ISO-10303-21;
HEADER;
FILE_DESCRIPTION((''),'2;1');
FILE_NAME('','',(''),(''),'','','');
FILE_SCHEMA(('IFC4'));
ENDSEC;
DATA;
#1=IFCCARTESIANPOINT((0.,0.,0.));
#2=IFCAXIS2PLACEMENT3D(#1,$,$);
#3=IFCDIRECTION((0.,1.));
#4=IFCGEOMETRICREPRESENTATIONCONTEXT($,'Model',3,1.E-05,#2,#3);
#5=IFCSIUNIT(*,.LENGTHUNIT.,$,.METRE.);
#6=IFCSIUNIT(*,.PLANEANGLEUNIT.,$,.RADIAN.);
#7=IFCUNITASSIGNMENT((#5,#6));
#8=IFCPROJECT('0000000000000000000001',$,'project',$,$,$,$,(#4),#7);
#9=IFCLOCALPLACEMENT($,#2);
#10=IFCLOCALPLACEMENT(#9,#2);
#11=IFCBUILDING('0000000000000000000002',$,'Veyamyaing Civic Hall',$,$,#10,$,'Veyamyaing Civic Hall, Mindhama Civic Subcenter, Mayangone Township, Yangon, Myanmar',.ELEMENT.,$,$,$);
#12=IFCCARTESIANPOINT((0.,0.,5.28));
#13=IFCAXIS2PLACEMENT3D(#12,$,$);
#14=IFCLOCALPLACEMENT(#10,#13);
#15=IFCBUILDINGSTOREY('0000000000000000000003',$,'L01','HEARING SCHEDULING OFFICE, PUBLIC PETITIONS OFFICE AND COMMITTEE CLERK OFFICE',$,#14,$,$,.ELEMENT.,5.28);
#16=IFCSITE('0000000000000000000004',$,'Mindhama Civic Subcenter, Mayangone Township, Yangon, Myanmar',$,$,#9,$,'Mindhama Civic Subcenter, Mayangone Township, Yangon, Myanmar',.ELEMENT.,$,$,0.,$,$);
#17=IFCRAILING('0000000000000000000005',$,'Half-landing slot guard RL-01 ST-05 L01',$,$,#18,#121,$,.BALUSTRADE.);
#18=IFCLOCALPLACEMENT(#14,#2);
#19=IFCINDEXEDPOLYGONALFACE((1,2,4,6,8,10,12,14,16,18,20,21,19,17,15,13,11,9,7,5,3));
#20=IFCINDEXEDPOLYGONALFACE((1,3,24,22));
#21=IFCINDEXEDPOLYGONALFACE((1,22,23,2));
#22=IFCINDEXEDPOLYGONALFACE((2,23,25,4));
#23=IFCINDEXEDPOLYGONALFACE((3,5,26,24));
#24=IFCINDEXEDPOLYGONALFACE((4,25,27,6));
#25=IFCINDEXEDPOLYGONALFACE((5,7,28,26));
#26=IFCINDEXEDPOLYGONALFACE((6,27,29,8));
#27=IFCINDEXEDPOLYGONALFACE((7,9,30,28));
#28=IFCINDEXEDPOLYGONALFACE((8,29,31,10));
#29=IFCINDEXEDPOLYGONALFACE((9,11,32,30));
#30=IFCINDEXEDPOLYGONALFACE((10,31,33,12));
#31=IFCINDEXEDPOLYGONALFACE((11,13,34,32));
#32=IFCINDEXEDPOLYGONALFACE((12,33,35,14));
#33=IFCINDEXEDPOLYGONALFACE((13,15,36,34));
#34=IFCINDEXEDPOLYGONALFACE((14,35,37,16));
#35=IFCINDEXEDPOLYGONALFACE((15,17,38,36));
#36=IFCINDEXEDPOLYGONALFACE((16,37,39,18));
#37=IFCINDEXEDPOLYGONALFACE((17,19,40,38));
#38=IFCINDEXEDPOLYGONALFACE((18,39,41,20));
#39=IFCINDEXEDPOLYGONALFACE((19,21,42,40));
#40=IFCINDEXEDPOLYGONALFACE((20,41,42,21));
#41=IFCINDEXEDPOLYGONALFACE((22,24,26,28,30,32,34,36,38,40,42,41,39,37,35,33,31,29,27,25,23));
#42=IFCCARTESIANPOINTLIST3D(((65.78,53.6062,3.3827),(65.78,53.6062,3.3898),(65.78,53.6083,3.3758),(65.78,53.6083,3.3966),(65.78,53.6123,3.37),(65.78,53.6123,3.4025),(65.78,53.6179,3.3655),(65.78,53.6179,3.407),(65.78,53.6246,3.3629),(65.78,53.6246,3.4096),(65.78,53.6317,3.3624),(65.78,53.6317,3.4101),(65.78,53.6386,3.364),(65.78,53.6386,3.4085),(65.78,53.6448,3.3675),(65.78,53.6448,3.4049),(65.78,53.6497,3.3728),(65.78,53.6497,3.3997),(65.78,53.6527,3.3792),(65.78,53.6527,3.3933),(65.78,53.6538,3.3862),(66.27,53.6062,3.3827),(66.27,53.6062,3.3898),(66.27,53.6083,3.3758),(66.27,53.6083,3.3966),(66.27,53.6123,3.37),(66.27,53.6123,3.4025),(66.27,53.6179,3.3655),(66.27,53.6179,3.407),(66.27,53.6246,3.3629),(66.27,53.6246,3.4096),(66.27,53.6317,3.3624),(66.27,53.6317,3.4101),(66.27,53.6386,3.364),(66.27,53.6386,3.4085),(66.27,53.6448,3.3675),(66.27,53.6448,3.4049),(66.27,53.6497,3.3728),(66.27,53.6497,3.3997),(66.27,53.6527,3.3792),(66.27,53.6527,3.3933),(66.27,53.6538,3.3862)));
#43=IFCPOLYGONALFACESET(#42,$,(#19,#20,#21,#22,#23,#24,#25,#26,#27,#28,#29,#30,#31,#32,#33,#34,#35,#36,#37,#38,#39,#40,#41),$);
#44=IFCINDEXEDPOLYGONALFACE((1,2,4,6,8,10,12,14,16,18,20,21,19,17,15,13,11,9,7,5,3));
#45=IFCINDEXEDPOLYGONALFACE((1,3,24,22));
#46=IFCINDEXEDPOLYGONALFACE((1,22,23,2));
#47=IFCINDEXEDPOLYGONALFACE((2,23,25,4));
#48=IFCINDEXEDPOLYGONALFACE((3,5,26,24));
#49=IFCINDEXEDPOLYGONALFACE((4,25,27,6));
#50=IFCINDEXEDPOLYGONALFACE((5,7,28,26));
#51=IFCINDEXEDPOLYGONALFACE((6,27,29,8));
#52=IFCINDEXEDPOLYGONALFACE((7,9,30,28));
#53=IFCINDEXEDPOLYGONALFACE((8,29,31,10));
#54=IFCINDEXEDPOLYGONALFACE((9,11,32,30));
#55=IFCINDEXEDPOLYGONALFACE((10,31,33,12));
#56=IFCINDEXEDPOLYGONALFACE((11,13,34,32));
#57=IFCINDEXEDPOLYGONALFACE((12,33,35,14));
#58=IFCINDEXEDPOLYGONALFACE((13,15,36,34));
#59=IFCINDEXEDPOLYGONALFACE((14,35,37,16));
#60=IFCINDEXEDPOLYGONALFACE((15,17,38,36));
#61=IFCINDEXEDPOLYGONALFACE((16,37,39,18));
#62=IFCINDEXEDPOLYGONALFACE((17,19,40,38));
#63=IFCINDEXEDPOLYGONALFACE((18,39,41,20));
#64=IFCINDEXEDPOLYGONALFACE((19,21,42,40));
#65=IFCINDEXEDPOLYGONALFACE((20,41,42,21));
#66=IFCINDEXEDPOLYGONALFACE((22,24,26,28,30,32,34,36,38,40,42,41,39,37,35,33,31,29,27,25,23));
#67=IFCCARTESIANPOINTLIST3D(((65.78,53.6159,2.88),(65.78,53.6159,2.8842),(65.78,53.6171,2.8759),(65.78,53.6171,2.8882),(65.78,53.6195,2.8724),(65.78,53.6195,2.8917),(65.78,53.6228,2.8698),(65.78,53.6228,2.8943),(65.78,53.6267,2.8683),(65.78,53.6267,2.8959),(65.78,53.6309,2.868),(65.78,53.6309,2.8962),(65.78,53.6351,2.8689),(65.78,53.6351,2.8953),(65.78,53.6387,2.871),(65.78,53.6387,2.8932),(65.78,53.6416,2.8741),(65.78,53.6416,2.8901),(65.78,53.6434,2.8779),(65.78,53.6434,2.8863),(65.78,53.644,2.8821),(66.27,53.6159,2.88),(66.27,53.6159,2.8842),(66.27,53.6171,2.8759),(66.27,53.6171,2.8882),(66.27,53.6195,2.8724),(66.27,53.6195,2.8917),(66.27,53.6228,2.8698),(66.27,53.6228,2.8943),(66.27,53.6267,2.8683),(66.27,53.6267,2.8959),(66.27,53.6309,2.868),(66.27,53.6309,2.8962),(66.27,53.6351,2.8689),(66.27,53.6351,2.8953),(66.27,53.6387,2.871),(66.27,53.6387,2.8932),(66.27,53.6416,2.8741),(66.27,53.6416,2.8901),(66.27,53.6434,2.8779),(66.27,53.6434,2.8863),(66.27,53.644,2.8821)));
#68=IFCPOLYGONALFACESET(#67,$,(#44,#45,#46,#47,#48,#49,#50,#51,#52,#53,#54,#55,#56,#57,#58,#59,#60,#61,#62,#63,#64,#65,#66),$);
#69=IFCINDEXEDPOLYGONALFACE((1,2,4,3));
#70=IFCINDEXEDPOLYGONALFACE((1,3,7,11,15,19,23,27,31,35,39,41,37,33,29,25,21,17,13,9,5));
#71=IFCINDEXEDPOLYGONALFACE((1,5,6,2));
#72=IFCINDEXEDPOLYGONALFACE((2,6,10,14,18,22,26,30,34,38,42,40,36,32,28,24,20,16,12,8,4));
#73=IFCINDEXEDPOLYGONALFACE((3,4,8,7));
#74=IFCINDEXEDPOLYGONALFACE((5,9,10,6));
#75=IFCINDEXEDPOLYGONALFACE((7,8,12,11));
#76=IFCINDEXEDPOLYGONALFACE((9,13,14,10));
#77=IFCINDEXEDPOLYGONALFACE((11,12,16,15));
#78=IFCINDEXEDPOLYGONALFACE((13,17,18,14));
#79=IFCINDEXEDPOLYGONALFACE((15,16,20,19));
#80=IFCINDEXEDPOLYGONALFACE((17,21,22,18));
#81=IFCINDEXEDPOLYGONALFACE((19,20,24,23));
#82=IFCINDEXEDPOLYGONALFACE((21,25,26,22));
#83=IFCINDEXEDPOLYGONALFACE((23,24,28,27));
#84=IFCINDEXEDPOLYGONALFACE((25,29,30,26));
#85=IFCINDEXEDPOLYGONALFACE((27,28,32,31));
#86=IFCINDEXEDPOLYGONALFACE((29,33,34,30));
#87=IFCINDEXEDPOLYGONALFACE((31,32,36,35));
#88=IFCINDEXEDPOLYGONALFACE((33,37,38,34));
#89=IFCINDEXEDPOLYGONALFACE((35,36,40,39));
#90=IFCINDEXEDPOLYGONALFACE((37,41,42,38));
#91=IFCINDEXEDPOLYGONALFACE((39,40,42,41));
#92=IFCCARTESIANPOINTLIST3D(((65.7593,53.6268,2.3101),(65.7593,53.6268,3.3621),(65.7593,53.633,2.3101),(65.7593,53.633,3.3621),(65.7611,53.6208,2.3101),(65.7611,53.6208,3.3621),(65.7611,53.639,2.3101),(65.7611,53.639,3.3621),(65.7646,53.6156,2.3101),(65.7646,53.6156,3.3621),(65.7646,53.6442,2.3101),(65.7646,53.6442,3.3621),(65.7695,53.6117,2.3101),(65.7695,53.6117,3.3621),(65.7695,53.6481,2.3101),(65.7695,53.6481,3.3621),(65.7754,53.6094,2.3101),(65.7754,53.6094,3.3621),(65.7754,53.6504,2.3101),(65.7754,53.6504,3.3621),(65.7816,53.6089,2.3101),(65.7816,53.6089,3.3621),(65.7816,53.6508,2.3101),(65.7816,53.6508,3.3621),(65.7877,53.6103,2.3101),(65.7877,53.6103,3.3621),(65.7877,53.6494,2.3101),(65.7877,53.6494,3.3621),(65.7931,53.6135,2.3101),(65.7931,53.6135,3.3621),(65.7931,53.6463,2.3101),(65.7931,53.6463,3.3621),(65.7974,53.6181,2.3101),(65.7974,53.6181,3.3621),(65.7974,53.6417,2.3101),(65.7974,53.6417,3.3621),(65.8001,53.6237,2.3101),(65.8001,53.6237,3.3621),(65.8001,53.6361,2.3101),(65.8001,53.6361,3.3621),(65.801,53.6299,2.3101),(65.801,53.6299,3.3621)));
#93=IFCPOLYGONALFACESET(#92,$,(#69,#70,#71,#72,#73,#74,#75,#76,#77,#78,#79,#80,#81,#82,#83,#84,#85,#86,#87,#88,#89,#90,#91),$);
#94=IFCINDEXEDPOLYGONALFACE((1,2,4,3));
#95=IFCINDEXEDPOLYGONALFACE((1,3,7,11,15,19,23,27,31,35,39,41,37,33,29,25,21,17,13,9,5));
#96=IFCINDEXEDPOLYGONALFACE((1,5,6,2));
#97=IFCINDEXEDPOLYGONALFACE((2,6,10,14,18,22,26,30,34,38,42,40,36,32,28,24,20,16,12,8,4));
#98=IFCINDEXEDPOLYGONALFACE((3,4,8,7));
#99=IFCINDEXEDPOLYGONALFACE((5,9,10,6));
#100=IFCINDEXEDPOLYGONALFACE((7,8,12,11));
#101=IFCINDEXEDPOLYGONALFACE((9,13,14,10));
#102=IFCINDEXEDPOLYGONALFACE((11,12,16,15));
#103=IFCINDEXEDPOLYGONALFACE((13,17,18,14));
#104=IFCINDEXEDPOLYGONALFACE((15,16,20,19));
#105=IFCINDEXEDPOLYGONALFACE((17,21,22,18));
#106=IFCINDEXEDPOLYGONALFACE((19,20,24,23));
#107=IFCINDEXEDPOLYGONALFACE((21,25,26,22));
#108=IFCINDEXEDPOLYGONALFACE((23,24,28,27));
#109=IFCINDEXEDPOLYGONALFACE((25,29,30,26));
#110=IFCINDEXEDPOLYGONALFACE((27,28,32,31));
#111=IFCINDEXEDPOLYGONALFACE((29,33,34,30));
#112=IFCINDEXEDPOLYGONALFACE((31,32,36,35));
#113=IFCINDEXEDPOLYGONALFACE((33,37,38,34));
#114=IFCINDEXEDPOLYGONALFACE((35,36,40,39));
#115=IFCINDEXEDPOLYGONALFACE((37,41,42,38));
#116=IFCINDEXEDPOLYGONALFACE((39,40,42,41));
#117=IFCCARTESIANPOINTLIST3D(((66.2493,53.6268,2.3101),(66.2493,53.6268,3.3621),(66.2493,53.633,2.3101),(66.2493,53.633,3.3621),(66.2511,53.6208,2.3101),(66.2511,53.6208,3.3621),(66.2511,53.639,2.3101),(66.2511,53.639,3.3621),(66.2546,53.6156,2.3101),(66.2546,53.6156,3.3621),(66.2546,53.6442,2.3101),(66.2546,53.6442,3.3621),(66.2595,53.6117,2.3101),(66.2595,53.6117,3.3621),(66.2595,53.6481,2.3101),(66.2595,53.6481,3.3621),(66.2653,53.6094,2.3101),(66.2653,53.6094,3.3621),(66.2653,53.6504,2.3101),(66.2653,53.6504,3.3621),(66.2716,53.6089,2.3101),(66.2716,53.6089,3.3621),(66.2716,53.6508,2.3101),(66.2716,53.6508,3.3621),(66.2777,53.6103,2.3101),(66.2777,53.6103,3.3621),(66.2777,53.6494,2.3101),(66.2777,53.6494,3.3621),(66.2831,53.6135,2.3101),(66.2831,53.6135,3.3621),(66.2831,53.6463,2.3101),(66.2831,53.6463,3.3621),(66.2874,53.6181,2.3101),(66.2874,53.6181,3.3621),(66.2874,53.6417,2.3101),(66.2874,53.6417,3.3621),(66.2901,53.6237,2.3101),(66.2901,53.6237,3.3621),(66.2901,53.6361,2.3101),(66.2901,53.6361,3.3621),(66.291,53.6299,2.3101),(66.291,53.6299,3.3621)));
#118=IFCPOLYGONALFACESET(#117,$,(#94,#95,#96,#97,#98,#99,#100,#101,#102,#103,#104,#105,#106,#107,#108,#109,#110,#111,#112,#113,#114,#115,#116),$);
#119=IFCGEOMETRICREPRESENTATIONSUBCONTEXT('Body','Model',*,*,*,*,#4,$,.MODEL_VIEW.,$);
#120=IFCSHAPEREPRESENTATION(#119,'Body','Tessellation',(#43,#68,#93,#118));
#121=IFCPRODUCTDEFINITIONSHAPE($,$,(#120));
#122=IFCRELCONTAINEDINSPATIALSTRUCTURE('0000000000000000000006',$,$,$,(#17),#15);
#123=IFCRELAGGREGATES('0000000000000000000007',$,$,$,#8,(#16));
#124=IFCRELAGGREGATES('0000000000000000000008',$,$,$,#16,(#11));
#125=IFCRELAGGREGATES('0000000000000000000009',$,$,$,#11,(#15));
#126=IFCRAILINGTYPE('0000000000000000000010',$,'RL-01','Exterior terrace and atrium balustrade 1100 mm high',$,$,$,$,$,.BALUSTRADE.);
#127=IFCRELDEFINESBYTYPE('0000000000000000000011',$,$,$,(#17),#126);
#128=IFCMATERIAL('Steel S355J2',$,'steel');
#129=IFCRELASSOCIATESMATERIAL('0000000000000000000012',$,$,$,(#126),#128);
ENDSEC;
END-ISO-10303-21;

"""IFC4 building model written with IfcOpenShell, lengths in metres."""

from ifc_helpers import new_model, si_unit, direction, frame, origin, origin_2d, place, context, subcontext, project, spatial, circle, extrude, material, type_object, element, save


model = new_model("IFC4")

# Units and contexts
model_context = context("Model", 3, precision=1e-05, world=origin(), true_north=direction((0.0, 1.0)))
body_context = subcontext(model_context, "Body", "Model", "MODEL_VIEW")
ifc_project = project(units=[si_unit("LENGTHUNIT", "METRE"), si_unit("PLANEANGLEUNIT", "RADIAN")], contexts=[model_context])

# Site, building, storey
site_placement = place(None, origin())
site = spatial("IfcSite", under=ifc_project, at=site_placement, Name="Mindhama Civic Subcenter, Mayangone Township, Yangon, Myanmar", LongName="Mindhama Civic Subcenter, Mayangone Township, Yangon, Myanmar", CompositionType="ELEMENT", RefElevation=0.0)
building_placement = place(site_placement, origin())
building = spatial("IfcBuilding", under=site, at=building_placement, Name="Veyamyaing Civic Hall", LongName="Veyamyaing Civic Hall, Mindhama Civic Subcenter, Mayangone Township, Yangon, Myanmar", CompositionType="ELEMENT")
storey_placement = place(building_placement, frame((0.0, 0.0, 5.28)))
storey = spatial("IfcBuildingStorey", under=building, at=storey_placement, Name="L01", Description="HEARING SCHEDULING OFFICE, PUBLIC PETITIONS OFFICE AND COMMITTEE CLERK OFFICE", CompositionType="ELEMENT", Elevation=5.28)

# Railing
ifc_material_1 = material(Name="Steel S355J2", Category="steel")
railing_type_1 = type_object("IfcRailingType", Name="RL-01", Description="Exterior terrace and atrium balustrade 1100 mm high", PredefinedType="BALUSTRADE", material=ifc_material_1)
railing_1_placement = place(storey_placement, frame((65.78, 53.6299, 2.3101)))
element("IfcRailing", 1, at=railing_1_placement, inside=storey, type_object=railing_type_1, Name="Half-landing slot guard RL-01 ST-05 L01", PredefinedType="BALUSTRADE", context=body_context, shape_type="SweptSolid", body=[
    extrude(circle(Radius=0.0239, at=origin_2d()), frame((0.0, 0.0, 1.0762), z_axis=(1.0, 0.0, 0.0), x_axis=(0.0, 1.0, 0.0)), (0.0, 0.0, 1.0), 0.49),
    extrude(circle(Radius=0.0142, at=origin_2d()), frame((0.0, 0.0, 0.572), z_axis=(1.0, 0.0, 0.0), x_axis=(0.0, 1.0, 0.0)), (0.0, 0.0, 1.0), 0.49),
    extrude(circle(Radius=0.021, at=origin_2d()), origin(), (0.0, 0.0, 1.0), 1.052),
    extrude(circle(Radius=0.021, at=origin_2d()), frame((0.49, 0.0, 0.0)), (0.0, 0.0, 1.0), 1.052),
])

save(model, "model.ifc")
